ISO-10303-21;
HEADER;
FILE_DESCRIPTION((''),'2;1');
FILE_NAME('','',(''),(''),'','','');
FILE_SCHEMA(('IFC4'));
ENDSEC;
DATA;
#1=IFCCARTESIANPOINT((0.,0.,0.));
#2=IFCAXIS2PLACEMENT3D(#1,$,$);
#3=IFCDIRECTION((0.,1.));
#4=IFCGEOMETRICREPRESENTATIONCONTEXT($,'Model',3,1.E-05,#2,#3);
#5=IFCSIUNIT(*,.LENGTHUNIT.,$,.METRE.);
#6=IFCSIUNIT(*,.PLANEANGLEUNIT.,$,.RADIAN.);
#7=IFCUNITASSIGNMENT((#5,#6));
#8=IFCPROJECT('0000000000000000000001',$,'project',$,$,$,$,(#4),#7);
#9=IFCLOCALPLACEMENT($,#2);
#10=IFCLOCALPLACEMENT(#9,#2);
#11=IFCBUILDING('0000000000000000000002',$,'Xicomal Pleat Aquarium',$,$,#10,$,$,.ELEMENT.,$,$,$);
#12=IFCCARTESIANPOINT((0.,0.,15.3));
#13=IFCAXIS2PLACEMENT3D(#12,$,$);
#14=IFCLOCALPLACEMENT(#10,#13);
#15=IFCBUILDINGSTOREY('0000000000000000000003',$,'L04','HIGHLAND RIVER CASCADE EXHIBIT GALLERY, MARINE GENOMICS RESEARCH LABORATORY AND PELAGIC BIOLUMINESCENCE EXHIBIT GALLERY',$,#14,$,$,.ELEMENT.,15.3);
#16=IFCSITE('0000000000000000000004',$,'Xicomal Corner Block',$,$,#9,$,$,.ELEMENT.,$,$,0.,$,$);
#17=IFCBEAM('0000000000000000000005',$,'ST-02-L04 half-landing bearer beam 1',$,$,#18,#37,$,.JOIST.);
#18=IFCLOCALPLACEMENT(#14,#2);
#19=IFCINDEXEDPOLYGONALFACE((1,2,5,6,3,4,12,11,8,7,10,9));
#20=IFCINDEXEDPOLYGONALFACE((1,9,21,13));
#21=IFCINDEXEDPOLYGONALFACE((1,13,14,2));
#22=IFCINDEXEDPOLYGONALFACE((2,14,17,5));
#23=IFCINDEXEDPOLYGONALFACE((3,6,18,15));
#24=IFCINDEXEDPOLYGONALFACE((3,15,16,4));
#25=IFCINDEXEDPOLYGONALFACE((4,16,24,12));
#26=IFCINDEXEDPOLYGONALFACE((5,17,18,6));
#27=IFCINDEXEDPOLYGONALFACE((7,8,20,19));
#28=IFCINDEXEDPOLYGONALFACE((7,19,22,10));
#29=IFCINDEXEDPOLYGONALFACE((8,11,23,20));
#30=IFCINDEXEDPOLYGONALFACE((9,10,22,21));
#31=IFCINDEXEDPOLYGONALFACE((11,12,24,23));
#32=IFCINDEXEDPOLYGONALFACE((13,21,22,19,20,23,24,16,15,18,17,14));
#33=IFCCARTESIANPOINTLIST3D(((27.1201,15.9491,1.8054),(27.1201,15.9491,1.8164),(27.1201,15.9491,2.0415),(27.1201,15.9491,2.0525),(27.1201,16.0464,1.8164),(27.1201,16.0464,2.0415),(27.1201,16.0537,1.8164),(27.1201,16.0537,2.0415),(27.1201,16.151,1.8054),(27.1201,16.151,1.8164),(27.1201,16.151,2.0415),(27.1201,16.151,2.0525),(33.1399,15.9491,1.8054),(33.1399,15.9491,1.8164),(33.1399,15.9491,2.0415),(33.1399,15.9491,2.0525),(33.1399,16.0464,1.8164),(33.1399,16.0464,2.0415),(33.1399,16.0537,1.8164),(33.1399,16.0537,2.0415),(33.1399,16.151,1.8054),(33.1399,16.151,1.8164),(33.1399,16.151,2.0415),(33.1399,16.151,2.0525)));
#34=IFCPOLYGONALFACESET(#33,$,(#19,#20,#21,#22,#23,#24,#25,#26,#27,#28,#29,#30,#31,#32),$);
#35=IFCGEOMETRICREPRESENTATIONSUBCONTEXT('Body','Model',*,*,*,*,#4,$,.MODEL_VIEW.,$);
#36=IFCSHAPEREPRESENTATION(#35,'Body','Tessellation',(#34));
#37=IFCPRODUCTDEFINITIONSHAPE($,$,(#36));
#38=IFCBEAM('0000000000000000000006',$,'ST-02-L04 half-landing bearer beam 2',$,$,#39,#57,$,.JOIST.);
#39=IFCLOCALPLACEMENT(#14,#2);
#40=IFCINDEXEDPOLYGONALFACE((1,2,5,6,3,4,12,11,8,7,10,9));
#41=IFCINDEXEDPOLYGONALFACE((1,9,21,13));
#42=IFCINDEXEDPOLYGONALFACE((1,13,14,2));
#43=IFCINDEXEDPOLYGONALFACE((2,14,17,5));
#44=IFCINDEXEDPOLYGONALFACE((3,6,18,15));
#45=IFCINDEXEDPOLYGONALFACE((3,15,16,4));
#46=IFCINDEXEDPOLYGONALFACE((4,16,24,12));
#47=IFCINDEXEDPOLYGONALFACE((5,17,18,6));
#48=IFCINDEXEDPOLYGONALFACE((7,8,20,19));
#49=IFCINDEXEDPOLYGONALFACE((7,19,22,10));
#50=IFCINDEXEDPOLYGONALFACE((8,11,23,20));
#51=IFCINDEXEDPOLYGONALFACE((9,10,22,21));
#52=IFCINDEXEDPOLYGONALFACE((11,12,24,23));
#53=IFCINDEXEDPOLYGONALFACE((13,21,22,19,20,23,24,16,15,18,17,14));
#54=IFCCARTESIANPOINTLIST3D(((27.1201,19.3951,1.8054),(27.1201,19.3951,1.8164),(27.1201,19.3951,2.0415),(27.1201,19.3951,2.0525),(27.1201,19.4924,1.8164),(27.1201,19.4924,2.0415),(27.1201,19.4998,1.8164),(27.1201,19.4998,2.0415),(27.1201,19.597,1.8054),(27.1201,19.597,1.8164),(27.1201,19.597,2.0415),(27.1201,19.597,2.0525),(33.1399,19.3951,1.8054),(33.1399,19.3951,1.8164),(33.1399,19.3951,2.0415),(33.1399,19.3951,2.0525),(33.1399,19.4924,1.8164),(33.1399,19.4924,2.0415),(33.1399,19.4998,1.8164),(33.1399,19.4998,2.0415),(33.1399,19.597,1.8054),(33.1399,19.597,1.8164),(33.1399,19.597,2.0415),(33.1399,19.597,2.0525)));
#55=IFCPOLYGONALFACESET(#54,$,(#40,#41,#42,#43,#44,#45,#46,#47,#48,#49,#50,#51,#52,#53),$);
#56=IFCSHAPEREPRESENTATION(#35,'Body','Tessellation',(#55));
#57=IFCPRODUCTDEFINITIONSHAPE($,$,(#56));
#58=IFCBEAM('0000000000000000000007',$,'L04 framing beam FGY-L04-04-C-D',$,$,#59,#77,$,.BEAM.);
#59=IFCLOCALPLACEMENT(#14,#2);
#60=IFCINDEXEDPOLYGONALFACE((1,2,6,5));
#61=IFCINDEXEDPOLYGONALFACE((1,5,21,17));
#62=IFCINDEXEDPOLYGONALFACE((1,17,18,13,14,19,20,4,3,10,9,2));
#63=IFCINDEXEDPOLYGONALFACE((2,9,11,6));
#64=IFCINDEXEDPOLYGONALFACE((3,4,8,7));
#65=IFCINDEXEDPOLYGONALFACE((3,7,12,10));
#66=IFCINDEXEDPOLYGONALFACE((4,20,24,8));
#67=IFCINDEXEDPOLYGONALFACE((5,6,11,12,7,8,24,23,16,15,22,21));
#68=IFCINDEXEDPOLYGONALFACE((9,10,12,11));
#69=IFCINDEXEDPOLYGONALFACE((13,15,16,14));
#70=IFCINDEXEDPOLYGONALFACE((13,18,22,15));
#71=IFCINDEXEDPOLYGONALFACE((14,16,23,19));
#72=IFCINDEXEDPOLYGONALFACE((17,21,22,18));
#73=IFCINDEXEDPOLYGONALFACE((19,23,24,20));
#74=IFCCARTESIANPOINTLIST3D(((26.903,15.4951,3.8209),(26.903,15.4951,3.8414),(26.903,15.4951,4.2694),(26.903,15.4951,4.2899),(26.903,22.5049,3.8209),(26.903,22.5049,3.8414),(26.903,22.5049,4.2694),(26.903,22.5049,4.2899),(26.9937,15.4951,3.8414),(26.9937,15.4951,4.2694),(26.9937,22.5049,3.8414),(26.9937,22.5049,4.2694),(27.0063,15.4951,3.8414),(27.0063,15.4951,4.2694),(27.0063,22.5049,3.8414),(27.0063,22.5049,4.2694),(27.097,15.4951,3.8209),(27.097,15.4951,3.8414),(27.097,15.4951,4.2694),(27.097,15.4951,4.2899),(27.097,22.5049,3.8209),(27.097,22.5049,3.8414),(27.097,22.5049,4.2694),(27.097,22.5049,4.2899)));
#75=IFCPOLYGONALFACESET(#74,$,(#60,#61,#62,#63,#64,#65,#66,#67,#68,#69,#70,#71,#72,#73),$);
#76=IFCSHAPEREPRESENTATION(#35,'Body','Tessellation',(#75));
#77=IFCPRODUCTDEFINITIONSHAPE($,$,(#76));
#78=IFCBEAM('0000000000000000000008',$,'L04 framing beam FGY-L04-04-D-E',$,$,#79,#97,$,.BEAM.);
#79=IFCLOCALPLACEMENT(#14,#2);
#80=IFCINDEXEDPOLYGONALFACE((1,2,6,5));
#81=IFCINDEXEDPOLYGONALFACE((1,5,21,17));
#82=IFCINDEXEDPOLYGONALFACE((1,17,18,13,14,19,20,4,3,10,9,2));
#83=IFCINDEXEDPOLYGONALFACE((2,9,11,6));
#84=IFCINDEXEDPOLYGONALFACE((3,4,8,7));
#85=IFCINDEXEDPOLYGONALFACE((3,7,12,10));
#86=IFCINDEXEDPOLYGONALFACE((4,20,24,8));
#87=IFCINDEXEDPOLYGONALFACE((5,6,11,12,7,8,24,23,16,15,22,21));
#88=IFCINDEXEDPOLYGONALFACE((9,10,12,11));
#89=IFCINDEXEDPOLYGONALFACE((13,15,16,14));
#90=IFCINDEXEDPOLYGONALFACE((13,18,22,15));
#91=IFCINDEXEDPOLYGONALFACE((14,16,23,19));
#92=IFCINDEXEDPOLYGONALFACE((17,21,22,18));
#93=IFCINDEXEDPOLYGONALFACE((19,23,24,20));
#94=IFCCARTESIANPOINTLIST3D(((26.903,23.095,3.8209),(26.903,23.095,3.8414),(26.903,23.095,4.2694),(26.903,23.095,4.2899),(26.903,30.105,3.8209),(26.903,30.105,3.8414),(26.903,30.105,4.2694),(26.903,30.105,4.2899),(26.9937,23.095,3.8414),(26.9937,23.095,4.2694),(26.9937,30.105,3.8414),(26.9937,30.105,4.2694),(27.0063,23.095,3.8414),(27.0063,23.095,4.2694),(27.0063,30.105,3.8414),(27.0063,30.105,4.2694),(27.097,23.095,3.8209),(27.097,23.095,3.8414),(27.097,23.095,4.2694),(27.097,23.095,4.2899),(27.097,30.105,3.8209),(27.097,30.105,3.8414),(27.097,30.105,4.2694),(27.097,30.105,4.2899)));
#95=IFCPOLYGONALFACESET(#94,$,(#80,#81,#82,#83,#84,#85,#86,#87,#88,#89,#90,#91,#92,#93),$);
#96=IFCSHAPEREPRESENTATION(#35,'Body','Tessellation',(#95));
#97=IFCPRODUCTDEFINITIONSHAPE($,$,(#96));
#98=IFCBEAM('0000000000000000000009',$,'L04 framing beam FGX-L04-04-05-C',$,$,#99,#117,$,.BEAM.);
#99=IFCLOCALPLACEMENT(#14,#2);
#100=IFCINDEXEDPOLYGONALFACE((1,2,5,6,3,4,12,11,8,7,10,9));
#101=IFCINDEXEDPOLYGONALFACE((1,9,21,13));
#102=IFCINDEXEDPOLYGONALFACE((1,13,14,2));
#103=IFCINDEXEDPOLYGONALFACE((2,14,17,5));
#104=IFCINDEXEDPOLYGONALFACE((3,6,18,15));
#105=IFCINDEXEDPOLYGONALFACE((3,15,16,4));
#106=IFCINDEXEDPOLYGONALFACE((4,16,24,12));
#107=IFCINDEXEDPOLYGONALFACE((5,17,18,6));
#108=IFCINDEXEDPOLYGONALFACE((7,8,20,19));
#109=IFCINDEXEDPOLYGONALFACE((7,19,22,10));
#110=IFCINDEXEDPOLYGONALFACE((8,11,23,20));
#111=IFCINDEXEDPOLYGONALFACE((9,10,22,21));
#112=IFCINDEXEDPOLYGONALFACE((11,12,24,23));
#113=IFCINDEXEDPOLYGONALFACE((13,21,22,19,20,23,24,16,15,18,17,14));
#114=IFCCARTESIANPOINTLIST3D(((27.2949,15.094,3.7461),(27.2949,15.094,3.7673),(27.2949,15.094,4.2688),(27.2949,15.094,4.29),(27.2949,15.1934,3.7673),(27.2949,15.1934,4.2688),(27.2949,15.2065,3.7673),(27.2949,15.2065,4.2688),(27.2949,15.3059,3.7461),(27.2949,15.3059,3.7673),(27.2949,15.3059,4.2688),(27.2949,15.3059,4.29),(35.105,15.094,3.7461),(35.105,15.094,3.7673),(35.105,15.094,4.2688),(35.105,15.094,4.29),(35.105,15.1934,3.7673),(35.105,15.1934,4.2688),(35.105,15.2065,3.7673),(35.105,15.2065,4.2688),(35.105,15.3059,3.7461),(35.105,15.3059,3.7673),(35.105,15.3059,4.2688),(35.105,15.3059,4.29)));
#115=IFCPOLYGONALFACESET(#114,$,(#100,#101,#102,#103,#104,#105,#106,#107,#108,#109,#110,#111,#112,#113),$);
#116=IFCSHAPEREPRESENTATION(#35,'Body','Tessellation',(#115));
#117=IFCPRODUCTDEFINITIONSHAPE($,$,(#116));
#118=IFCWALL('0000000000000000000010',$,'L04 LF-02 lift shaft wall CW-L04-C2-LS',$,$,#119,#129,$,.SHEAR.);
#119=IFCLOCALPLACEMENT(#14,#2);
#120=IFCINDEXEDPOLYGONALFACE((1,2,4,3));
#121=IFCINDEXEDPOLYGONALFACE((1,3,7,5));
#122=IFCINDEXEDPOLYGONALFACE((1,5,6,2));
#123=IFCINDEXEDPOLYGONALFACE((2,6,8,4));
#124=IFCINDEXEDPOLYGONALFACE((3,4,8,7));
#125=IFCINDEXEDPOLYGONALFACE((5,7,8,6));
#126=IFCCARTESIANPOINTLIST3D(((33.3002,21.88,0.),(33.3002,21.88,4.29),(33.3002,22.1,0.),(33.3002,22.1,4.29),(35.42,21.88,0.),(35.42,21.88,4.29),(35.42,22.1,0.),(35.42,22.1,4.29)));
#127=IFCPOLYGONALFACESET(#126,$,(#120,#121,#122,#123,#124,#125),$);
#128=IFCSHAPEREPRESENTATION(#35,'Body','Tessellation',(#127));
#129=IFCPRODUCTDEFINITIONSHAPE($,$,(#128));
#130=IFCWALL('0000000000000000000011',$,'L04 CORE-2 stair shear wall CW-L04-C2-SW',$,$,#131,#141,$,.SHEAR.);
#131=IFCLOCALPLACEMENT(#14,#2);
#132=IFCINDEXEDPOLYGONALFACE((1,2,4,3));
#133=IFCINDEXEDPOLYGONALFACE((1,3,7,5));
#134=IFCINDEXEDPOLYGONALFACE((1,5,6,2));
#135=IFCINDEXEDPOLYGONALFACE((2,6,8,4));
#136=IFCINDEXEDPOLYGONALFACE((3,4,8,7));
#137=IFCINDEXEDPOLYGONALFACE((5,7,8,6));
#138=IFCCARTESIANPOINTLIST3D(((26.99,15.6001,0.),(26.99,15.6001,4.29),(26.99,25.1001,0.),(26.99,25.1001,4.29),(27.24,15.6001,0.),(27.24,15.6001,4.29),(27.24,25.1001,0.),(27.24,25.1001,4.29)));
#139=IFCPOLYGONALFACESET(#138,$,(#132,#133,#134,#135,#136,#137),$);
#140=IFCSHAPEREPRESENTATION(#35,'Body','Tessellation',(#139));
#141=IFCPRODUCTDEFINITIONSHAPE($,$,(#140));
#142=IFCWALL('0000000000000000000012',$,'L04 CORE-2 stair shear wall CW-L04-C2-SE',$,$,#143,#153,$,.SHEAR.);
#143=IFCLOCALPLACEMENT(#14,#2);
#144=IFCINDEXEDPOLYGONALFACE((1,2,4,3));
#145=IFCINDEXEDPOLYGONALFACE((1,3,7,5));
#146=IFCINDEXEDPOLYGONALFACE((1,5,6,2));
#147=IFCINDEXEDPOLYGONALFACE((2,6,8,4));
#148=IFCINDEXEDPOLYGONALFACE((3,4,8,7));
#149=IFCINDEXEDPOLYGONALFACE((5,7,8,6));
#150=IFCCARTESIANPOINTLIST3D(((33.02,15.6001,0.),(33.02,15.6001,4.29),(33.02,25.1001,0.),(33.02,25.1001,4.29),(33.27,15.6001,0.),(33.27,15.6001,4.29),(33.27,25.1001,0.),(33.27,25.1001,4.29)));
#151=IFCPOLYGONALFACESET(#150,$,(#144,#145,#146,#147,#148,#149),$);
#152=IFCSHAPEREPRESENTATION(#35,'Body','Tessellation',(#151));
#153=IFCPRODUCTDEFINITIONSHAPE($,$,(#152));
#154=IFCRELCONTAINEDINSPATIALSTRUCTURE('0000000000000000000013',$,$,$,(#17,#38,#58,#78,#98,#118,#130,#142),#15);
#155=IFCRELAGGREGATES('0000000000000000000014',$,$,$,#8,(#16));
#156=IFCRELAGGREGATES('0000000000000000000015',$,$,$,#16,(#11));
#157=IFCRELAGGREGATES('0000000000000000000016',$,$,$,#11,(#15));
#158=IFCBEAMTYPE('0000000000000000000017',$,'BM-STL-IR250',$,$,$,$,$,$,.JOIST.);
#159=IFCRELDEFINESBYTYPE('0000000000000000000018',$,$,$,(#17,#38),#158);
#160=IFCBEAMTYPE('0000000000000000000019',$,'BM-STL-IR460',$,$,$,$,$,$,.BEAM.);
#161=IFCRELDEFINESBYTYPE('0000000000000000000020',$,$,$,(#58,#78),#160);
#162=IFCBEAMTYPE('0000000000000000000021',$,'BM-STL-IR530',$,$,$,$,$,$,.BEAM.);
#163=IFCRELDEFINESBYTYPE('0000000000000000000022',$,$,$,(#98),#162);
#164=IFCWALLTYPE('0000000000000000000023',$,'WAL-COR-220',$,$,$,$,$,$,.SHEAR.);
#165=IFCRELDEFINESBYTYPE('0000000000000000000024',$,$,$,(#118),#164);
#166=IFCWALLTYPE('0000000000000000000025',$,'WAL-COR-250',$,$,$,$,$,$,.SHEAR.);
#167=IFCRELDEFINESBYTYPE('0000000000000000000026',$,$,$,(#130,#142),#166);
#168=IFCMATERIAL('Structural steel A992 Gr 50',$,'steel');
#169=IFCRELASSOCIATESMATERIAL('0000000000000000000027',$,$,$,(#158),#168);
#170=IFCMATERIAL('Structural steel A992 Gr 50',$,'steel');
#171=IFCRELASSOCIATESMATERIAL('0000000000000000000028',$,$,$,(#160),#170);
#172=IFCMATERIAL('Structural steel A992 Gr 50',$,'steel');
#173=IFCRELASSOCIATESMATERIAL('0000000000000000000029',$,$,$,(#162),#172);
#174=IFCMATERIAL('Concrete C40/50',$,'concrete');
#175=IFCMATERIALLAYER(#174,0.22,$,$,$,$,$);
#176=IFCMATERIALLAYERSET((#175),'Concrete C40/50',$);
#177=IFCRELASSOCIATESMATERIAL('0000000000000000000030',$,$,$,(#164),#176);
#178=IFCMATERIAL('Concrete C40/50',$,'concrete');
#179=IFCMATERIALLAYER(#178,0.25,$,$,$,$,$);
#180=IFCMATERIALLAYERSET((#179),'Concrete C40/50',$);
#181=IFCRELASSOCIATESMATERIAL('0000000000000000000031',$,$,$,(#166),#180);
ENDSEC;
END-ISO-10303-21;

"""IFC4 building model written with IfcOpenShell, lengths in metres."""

from ifc_helpers import new_model, si_unit, direction, frame, frame_2d, origin, origin_2d, place, context, subcontext, project, spatial, rectangle, i_section, extrude, material, layer, layer_set, material_profile, profile_set, type_object, element, save


model = new_model("IFC4")

# Units and contexts
model_context = context("Model", 3, precision=1e-05, world=origin(), true_north=direction((0.0, 1.0)))
body_context = subcontext(model_context, "Body", "Model", "MODEL_VIEW")
ifc_project = project(units=[si_unit("LENGTHUNIT", "METRE"), si_unit("PLANEANGLEUNIT", "RADIAN")], contexts=[model_context])

# Site, building, storey
site_placement = place(None, origin())
site = spatial("IfcSite", under=ifc_project, at=site_placement, Name="Xicomal Corner Block", CompositionType="ELEMENT", RefElevation=0.0)
building_placement = place(site_placement, origin())
building = spatial("IfcBuilding", under=site, at=building_placement, Name="Xicomal Pleat Aquarium", CompositionType="ELEMENT")
storey_placement = place(building_placement, frame((0.0, 0.0, 15.3)))
storey = spatial("IfcBuildingStorey", under=building, at=storey_placement, Name="L04", Description="HIGHLAND RIVER CASCADE EXHIBIT GALLERY, MARINE GENOMICS RESEARCH LABORATORY AND PELAGIC BIOLUMINESCENCE EXHIBIT GALLERY", CompositionType="ELEMENT", Elevation=15.3)

# Beams
ifc_material_1 = material(Name="Structural steel A992 Gr 50", Category="steel")
ifc_material_profile_1 = material_profile(ifc_material_1, i_section(OverallWidth=0.2019, OverallDepth=0.2471, WebThickness=0.0073, FlangeThickness=0.011, at=origin_2d()), Name="IR 250x49")
ifc_profile_set_1 = profile_set([ifc_material_profile_1], Name="Structural steel A992 Gr 50")
beam_type_1 = type_object("IfcBeamType", Name="BM-STL-IR250", PredefinedType="JOIST", material=ifc_profile_set_1)
for number, where, z_axis, x_axis, name in (
    (1, (27.1201, 16.05, 1.929), (1.0, 0.0, 0.0), (0.0, 1.0, 0.0), "ST-02-L04 half-landing bearer beam 1"),
    (2, (27.1201, 19.4961, 1.929), (1.0, 0.0, 0.0), (0.0, 1.0, 0.0), "ST-02-L04 half-landing bearer beam 2"),
):
    element("IfcBeam", number, at=place(storey_placement, frame(where, z_axis=z_axis, x_axis=x_axis)), inside=storey, type_object=beam_type_1, Name=name, PredefinedType="JOIST", context=body_context, shape_type="SweptSolid", body=[
        extrude(i_section(OverallWidth=0.2019, OverallDepth=0.2471, WebThickness=0.0073, FlangeThickness=0.011, at=origin_2d()), origin(), (0.0, 0.0, 1.0), 6.0198),
    ])
ifc_material_2 = material(Name="Structural steel A992 Gr 50", Category="steel")
ifc_material_profile_2 = material_profile(ifc_material_2, i_section(OverallWidth=0.1941, OverallDepth=0.469, WebThickness=0.0127, FlangeThickness=0.0205, at=origin_2d()), Name="IR 460x106")
ifc_profile_set_2 = profile_set([ifc_material_profile_2], Name="Structural steel A992 Gr 50")
beam_type_2 = type_object("IfcBeamType", Name="BM-STL-IR460", PredefinedType="BEAM", material=ifc_profile_set_2)
beam_1_placement = place(storey_placement, frame((27.0, 15.4951, 4.0554), z_axis=(0.0, 1.0, 0.0), x_axis=(-1.0, 0.0, 0.0)))
element("IfcBeam", 3, at=beam_1_placement, inside=storey, type_object=beam_type_2, Name="L04 framing beam FGY-L04-04-C-D", PredefinedType="BEAM", context=body_context, shape_type="SweptSolid", body=[
    extrude(i_section(OverallWidth=0.1941, OverallDepth=0.469, WebThickness=0.0127, FlangeThickness=0.0205, at=origin_2d()), origin(), (0.0, 0.0, 1.0), 7.0098),
])
beam_2_placement = place(storey_placement, frame((27.0, 23.095, 4.0554), z_axis=(0.0, 1.0, 0.0), x_axis=(-1.0, 0.0, 0.0)))
element("IfcBeam", 4, at=beam_2_placement, inside=storey, type_object=beam_type_2, Name="L04 framing beam FGY-L04-04-D-E", PredefinedType="BEAM", context=body_context, shape_type="SweptSolid", body=[
    extrude(i_section(OverallWidth=0.1941, OverallDepth=0.469, WebThickness=0.0127, FlangeThickness=0.0205, at=origin_2d()), origin(), (0.0, 0.0, 1.0), 7.01),
])
ifc_material_3 = material(Name="Structural steel A992 Gr 50", Category="steel")
ifc_material_profile_3 = material_profile(ifc_material_3, i_section(OverallWidth=0.2119, OverallDepth=0.5439, WebThickness=0.0132, FlangeThickness=0.0212, at=origin_2d()), Name="IR 530x123")
ifc_profile_set_3 = profile_set([ifc_material_profile_3], Name="Structural steel A992 Gr 50")
beam_type_3 = type_object("IfcBeamType", Name="BM-STL-IR530", PredefinedType="BEAM", material=ifc_profile_set_3)
beam_3_placement = place(storey_placement, frame((27.2949, 15.2, 4.0181), z_axis=(1.0, 0.0, 0.0), x_axis=(0.0, 1.0, 0.0)))
element("IfcBeam", 5, at=beam_3_placement, inside=storey, type_object=beam_type_3, Name="L04 framing beam FGX-L04-04-05-C", PredefinedType="BEAM", context=body_context, shape_type="SweptSolid", body=[
    extrude(i_section(OverallWidth=0.2119, OverallDepth=0.5439, WebThickness=0.0132, FlangeThickness=0.0212, at=origin_2d()), origin(), (0.0, 0.0, 1.0), 7.8101),
])

# Wall
ifc_material_4 = material(Name="Concrete C40/50", Category="concrete")
ifc_layer_1 = layer(ifc_material_4, 0.22)
ifc_layer_set_1 = layer_set([ifc_layer_1], Name="Concrete C40/50")
wall_type_1 = type_object("IfcWallType", Name="WAL-COR-220", PredefinedType="SHEAR", material=ifc_layer_set_1)
wall_1_placement = place(storey_placement, frame((33.3, 21.99, 0.0), z_axis=(0.0, 0.0, 1.0), x_axis=(1.0, 0.0, 0.0)))
element("IfcWall", 6, at=wall_1_placement, inside=storey, type_object=wall_type_1, Name="L04 LF-02 lift shaft wall CW-L04-C2-LS", PredefinedType="SHEAR", context=body_context, shape_type="SweptSolid", body=[
    extrude(rectangle(XDim=2.1199, YDim=0.22, at=frame_2d((1.0601, 0.0))), origin(), (0.0, 0.0, 1.0), 4.29),
])

# Walls
ifc_material_5 = material(Name="Concrete C40/50", Category="concrete")
ifc_layer_2 = layer(ifc_material_5, 0.25)
ifc_layer_set_2 = layer_set([ifc_layer_2], Name="Concrete C40/50")
wall_type_2 = type_object("IfcWallType", Name="WAL-COR-250", PredefinedType="SHEAR", material=ifc_layer_set_2)
for number, where, z_axis, x_axis, name in (
    (7, (27.115, 15.6001, 0.0), (0.0, 0.0, 1.0), (0.0, 1.0, 0.0), "L04 CORE-2 stair shear wall CW-L04-C2-SW"),
    (8, (33.145, 15.6001, 0.0), (0.0, 0.0, 1.0), (0.0, 1.0, 0.0), "L04 CORE-2 stair shear wall CW-L04-C2-SE"),
):
    element("IfcWall", number, at=place(storey_placement, frame(where, z_axis=z_axis, x_axis=x_axis)), inside=storey, type_object=wall_type_2, Name=name, PredefinedType="SHEAR", context=body_context, shape_type="SweptSolid", body=[
        extrude(rectangle(XDim=9.5, YDim=0.25, at=frame_2d((4.75, 0.0))), origin(), (0.0, 0.0, 1.0), 4.29),
    ])

save(model, "model.ifc")
